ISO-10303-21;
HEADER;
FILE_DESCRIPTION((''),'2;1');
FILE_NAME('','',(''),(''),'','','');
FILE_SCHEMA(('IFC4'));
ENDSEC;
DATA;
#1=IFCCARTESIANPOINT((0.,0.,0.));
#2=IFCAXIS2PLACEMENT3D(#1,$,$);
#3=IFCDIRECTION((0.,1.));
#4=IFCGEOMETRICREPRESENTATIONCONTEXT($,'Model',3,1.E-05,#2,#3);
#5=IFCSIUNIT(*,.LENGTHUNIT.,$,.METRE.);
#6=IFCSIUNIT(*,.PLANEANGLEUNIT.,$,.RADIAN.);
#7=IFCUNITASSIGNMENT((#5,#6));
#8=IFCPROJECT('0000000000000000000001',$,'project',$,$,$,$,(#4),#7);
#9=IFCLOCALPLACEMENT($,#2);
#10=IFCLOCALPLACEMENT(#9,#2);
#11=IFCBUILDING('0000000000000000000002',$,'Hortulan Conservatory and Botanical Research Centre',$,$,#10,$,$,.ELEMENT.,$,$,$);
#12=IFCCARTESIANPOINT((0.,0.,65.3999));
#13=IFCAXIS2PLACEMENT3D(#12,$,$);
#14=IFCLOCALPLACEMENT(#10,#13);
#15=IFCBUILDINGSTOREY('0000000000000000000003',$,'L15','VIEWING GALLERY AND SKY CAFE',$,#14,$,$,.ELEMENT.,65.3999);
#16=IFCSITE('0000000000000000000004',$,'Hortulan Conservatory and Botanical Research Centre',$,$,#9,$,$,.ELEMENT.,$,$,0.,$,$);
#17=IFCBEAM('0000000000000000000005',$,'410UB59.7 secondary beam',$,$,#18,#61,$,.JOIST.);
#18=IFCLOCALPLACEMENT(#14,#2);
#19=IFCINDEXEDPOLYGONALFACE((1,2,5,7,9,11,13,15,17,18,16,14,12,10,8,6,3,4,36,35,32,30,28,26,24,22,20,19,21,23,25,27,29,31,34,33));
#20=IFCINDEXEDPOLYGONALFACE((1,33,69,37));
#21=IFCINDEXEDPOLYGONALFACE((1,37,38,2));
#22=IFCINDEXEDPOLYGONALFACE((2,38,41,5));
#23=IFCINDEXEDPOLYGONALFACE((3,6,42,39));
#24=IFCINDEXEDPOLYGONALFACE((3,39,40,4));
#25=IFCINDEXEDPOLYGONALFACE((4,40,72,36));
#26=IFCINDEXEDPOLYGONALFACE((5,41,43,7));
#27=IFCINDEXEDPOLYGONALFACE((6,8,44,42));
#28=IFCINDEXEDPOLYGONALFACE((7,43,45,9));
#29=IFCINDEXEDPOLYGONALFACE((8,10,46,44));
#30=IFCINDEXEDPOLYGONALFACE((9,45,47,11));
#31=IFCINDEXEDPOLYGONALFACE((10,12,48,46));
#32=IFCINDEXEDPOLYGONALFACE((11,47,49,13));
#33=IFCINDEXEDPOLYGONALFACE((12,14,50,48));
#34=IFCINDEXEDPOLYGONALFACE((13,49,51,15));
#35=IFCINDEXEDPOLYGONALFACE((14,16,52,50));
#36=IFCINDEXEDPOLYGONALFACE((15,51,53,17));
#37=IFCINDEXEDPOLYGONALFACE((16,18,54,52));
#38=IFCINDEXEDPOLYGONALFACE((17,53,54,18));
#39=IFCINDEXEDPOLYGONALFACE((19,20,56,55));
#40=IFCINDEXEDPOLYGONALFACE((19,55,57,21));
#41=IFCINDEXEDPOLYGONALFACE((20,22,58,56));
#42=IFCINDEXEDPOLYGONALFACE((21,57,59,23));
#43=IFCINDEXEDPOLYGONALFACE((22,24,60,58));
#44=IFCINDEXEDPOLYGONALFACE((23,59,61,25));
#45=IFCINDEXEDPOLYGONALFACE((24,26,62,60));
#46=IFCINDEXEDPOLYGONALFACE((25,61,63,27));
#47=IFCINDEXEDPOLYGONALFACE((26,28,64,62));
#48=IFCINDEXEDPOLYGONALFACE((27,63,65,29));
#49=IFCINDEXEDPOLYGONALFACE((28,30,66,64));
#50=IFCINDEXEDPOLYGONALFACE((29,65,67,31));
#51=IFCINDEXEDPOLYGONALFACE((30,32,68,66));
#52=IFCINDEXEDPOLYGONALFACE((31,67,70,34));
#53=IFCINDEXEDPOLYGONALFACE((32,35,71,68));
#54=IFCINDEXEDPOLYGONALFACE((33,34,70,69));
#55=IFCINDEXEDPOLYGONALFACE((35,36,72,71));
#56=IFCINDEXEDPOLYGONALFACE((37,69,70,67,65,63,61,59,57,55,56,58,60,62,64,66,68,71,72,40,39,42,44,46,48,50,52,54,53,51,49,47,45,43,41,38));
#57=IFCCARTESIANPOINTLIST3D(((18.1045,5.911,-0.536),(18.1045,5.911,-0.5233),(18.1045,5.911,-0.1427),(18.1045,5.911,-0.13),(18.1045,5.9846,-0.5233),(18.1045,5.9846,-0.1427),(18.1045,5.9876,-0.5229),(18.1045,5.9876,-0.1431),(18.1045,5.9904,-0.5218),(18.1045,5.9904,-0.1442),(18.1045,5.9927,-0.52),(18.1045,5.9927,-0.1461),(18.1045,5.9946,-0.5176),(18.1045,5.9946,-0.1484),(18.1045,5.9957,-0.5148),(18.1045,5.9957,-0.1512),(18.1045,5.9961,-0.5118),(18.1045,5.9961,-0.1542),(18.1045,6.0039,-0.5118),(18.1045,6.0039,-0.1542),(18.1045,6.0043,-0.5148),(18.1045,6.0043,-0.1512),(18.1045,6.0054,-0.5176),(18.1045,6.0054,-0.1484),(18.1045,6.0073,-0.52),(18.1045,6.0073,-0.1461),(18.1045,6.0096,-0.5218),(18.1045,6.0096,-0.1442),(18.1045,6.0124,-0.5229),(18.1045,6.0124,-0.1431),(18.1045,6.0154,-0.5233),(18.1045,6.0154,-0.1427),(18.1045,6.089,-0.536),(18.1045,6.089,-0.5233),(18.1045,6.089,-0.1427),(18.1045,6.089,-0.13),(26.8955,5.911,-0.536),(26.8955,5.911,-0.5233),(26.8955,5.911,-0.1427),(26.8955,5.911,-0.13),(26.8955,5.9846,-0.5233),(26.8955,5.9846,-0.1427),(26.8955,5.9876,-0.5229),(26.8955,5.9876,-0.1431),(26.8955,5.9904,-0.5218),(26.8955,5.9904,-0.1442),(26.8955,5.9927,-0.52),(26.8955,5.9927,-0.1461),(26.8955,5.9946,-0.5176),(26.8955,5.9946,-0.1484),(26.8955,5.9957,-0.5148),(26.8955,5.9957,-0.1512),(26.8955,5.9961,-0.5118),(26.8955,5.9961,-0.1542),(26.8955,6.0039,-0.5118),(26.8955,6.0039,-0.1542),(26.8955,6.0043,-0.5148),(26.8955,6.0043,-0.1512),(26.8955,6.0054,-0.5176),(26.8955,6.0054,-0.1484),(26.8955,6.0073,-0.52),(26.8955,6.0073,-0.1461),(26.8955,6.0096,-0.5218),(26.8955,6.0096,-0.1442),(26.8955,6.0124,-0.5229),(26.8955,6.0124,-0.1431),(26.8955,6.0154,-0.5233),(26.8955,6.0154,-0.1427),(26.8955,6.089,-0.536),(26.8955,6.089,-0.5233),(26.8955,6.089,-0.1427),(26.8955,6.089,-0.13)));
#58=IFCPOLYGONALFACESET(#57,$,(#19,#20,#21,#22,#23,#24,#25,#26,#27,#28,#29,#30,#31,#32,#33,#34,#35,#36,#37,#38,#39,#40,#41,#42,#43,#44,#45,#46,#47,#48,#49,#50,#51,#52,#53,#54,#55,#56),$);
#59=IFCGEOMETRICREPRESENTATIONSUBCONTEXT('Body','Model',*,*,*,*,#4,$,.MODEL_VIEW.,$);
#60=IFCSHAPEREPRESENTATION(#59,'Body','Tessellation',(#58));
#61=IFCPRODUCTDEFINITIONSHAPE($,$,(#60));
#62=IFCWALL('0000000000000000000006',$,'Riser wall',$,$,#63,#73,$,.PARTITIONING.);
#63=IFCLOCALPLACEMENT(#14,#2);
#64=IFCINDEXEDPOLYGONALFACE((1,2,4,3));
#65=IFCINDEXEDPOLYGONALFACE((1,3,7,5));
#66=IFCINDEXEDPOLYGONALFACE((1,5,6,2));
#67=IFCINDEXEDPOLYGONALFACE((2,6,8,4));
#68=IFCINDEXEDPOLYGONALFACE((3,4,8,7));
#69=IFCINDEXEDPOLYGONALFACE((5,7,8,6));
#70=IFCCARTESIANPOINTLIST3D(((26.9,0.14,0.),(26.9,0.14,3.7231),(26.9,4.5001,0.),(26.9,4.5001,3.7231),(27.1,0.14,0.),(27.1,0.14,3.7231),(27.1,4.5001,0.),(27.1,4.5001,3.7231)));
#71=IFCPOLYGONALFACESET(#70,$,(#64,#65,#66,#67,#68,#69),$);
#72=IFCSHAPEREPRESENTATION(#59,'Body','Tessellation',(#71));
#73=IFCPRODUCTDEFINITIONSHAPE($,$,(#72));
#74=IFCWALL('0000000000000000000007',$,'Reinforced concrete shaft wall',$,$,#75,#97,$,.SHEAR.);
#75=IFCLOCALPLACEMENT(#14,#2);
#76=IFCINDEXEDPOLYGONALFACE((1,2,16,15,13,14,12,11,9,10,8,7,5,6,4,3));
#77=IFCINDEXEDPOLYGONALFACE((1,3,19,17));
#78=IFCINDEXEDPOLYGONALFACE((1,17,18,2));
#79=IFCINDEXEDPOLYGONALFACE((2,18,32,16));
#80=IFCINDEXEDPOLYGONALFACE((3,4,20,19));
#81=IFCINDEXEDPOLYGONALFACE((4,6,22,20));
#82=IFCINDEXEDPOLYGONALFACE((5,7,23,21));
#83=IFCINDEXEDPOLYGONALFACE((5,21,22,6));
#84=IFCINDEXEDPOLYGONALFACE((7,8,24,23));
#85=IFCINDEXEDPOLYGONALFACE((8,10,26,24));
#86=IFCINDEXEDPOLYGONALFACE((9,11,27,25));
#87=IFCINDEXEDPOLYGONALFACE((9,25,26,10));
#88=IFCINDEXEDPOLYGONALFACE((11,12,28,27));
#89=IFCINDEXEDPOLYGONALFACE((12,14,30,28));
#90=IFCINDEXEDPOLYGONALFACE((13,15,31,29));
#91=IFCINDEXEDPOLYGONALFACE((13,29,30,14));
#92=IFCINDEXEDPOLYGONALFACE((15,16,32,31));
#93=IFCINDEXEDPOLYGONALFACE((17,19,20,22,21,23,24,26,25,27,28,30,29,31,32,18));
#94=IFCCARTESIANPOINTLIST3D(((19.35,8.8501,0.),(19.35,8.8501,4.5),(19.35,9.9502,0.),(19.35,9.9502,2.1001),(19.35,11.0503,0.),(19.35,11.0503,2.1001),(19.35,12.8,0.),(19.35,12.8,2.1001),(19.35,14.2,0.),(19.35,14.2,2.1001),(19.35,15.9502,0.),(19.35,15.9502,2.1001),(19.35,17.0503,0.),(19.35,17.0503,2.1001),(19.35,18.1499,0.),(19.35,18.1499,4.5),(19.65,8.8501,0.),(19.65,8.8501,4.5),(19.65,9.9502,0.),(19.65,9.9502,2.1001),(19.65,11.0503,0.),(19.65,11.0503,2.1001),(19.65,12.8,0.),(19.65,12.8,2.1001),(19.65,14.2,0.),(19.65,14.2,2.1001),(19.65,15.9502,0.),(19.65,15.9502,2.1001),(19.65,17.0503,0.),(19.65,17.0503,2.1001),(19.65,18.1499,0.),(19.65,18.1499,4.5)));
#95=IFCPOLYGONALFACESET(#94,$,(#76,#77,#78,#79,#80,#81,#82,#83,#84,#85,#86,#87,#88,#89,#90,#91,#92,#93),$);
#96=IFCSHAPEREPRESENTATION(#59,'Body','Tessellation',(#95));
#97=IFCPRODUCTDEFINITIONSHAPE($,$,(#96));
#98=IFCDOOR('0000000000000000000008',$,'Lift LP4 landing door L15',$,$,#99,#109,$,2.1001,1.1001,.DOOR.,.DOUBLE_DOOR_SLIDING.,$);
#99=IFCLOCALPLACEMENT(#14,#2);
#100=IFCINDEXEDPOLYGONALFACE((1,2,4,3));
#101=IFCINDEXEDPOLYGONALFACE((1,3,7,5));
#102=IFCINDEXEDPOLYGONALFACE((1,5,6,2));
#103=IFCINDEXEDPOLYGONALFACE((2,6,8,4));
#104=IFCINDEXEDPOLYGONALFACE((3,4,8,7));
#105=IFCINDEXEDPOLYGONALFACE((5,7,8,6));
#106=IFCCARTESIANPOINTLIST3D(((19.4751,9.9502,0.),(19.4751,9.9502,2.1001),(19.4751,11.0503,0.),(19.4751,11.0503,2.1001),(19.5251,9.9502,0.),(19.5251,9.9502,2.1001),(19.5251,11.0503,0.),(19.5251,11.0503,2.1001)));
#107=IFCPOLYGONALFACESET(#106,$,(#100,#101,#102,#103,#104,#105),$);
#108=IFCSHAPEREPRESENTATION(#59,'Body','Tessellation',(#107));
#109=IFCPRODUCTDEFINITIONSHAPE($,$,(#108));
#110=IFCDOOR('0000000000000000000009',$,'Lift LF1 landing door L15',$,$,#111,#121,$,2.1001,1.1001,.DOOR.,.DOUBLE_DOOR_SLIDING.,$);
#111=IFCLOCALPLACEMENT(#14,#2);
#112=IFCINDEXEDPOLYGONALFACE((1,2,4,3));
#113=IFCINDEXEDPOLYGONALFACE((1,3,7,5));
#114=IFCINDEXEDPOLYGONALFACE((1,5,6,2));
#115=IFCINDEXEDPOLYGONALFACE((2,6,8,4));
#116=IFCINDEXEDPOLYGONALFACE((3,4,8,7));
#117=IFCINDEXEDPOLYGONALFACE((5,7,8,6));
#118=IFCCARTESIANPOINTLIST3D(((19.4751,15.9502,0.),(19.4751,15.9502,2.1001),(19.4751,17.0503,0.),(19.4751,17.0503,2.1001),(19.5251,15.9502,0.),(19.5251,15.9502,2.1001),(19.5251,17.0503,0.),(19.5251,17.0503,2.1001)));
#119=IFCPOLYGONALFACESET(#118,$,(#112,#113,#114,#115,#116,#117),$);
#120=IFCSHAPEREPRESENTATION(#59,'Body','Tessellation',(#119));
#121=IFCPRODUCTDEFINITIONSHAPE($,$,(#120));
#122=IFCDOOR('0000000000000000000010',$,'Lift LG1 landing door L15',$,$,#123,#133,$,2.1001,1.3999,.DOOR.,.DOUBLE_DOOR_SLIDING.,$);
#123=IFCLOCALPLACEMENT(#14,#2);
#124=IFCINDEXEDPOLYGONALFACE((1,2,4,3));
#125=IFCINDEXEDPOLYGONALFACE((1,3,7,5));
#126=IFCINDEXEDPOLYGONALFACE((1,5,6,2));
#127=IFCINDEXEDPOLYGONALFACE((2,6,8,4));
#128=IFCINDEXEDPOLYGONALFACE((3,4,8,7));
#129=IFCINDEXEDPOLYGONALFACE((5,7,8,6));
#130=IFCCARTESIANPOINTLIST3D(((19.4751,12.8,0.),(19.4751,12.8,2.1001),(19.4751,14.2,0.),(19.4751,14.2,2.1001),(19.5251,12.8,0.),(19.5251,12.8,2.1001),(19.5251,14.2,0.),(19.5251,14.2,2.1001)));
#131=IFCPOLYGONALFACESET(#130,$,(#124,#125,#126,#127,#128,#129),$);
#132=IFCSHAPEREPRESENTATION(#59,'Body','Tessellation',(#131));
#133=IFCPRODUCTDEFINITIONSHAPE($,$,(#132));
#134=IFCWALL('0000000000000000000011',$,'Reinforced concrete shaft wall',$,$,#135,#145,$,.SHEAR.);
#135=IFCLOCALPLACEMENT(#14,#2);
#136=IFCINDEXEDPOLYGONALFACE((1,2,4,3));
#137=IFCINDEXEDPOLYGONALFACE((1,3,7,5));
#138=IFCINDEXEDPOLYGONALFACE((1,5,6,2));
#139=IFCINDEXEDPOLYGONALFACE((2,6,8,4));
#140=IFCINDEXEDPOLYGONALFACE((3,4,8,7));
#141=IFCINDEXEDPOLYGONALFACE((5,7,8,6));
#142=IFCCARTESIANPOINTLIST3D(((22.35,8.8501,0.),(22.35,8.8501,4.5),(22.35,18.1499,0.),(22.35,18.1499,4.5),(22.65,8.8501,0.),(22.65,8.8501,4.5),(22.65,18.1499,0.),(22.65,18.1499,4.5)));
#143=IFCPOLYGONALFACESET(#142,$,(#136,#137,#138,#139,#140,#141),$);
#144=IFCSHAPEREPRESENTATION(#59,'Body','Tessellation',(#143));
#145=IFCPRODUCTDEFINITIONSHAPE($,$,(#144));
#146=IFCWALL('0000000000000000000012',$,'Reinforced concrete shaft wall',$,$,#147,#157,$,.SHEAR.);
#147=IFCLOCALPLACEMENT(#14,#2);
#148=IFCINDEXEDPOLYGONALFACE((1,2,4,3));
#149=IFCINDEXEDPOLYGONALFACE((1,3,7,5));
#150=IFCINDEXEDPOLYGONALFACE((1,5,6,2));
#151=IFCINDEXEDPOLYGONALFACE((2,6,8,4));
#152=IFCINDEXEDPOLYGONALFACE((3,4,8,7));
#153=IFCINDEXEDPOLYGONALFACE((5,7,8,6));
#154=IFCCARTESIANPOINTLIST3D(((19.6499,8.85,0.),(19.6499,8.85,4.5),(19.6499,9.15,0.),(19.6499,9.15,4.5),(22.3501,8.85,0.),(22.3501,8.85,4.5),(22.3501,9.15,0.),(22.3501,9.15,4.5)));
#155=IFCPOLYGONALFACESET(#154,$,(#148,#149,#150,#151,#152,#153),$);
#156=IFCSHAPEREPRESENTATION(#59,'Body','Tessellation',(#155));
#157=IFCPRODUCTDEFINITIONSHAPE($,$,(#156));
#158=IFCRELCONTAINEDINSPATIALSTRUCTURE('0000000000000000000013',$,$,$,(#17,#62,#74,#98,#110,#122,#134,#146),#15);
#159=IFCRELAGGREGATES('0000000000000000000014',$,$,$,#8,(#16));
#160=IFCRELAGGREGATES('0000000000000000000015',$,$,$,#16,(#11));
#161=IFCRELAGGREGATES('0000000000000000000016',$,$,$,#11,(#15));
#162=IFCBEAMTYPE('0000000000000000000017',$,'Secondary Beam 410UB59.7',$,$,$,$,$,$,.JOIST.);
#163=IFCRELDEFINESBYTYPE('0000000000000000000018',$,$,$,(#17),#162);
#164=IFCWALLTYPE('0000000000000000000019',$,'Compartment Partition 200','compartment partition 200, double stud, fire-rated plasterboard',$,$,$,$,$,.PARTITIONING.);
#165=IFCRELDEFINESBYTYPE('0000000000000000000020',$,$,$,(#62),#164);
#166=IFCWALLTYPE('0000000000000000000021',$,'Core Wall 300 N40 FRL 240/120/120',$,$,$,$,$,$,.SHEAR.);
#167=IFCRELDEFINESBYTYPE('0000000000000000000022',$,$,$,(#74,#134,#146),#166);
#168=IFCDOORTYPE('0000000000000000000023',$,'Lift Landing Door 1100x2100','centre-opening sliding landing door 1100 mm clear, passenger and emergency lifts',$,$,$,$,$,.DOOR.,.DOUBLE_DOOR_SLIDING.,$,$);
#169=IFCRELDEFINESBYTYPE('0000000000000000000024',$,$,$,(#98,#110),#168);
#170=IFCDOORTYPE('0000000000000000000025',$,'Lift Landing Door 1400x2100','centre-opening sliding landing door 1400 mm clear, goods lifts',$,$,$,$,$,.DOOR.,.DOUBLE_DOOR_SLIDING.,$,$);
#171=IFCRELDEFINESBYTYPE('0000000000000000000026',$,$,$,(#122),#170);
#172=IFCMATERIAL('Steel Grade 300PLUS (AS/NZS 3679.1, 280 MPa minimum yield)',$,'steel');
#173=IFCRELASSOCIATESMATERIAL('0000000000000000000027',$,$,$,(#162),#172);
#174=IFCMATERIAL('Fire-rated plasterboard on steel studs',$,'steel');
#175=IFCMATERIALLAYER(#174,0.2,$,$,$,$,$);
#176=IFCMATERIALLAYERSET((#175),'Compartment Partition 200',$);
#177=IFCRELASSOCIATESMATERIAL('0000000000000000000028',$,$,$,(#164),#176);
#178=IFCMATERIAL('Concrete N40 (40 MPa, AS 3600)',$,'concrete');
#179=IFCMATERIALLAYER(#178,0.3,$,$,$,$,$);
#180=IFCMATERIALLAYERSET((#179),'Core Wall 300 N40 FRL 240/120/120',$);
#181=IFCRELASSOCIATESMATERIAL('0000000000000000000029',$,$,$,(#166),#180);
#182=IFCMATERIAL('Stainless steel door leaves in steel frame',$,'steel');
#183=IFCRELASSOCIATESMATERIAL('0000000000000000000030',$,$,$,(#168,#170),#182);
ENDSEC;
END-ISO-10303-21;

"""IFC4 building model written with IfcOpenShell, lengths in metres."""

from ifc_helpers import new_model, si_unit, direction, frame, frame_2d, origin, origin_2d, place, context, subcontext, project, spatial, rectangle, i_section, extrude, material, layer, layer_set, material_profile, profile_set, type_object, element, fill, save


model = new_model("IFC4")

# Units and contexts
model_context = context("Model", 3, precision=1e-05, world=origin(), true_north=direction((0.0, 1.0)))
body_context = subcontext(model_context, "Body", "Model", "MODEL_VIEW")
ifc_project = project(units=[si_unit("LENGTHUNIT", "METRE"), si_unit("PLANEANGLEUNIT", "RADIAN")], contexts=[model_context])

# Site, building, storey
site_placement = place(None, origin())
site = spatial("IfcSite", under=ifc_project, at=site_placement, Name="Hortulan Conservatory and Botanical Research Centre", CompositionType="ELEMENT", RefElevation=0.0)
building_placement = place(site_placement, origin())
building = spatial("IfcBuilding", under=site, at=building_placement, Name="Hortulan Conservatory and Botanical Research Centre", CompositionType="ELEMENT")
storey_placement = place(building_placement, frame((0.0, 0.0, 65.3999)))
storey = spatial("IfcBuildingStorey", under=building, at=storey_placement, Name="L15", Description="VIEWING GALLERY AND SKY CAFE", CompositionType="ELEMENT", Elevation=65.3999)

# Shared definitions
ifc_material_1 = material(Name="Steel Grade 300PLUS (AS/NZS 3679.1, 280 MPa minimum yield)", Category="steel")

# Beam
ifc_material_profile_1 = material_profile(ifc_material_1, i_section(OverallWidth=0.178, OverallDepth=0.406, WebThickness=0.0078, FlangeThickness=0.0127, FilletRadius=0.0115, at=origin_2d()), Name="410UB59.7")
ifc_profile_set_1 = profile_set([ifc_material_profile_1], Name="Steel Grade 300PLUS (AS/NZS 3679.1, 280 MPa minimum yield)")
beam_type_1 = type_object("IfcBeamType", Name="Secondary Beam 410UB59.7", PredefinedType="JOIST", material=ifc_profile_set_1)
beam_1_placement = place(storey_placement, frame((18.1045, 6.0, -0.333), z_axis=(1.0, 0.0, 0.0), x_axis=(0.0, 1.0, 0.0)))
element("IfcBeam", 1, at=beam_1_placement, inside=storey, type_object=beam_type_1, Name="410UB59.7 secondary beam", PredefinedType="JOIST", context=body_context, shape_type="SweptSolid", body=[
    extrude(i_section(OverallWidth=0.178, OverallDepth=0.406, WebThickness=0.0078, FlangeThickness=0.0127, FilletRadius=0.0115, at=origin_2d()), origin(), (0.0, 0.0, 1.0), 8.791),
])

# Wall
ifc_material_2 = material(Name="Fire-rated plasterboard on steel studs", Category="steel")
ifc_layer_1 = layer(ifc_material_2, 0.2)
ifc_layer_set_1 = layer_set([ifc_layer_1], Name="Compartment Partition 200")
wall_type_1 = type_object("IfcWallType", Name="Compartment Partition 200", Description="compartment partition 200, double stud, fire-rated plasterboard", PredefinedType="PARTITIONING", material=ifc_layer_set_1)
wall_1_placement = place(storey_placement, frame((27.0, 0.1399, 0.0), z_axis=(0.0, 0.0, 1.0), x_axis=(0.0, 1.0, 0.0)))
element("IfcWall", 2, at=wall_1_placement, inside=storey, type_object=wall_type_1, Name="Riser wall", PredefinedType="PARTITIONING", context=body_context, shape_type="SweptSolid", body=[
    extrude(rectangle(XDim=4.3601, YDim=0.2, at=frame_2d((2.1802, 0.0))), origin(), (0.0, 0.0, 1.0), 3.7231),
])

# Wall, openings, doors
ifc_material_3 = material(Name="Concrete N40 (40 MPa, AS 3600)", Category="concrete")
ifc_layer_2 = layer(ifc_material_3, 0.3)
ifc_layer_set_2 = layer_set([ifc_layer_2], Name="Core Wall 300 N40 FRL 240/120/120")
wall_type_2 = type_object("IfcWallType", Name="Core Wall 300 N40 FRL 240/120/120", PredefinedType="SHEAR", material=ifc_layer_set_2)
wall_2_placement = place(storey_placement, frame((19.5, 8.8501, 0.0), z_axis=(0.0, 0.0, 1.0), x_axis=(0.0, 1.0, 0.0)))
wall_2 = element("IfcWall", 3, at=wall_2_placement, inside=storey, type_object=wall_type_2, Name="Reinforced concrete shaft wall", PredefinedType="SHEAR", context=body_context, shape_type="SweptSolid", body=[
    extrude(rectangle(XDim=9.2998, YDim=0.3, at=frame_2d((4.6499, 0.0))), origin(), (0.0, 0.0, 1.0), 4.5),
])
opening_1_placement = place(wall_2_placement, frame((1.1001, 0.0, 0.0)))
opening_1 = element("IfcOpeningElement", 4, at=opening_1_placement, cuts=wall_2, PredefinedType="OPENING", context=body_context, shape_type="SweptSolid", body=[
    extrude(rectangle(XDim=1.1001, YDim=2.1001, at=frame_2d((0.55, 1.05))), frame((0.0, 0.1599, 0.0), z_axis=(0.0, -1.0, 0.0), x_axis=(1.0, 0.0, 0.0)), (0.0, 0.0, 1.0), 0.3201),
])
opening_2_placement = place(wall_2_placement, frame((3.95, 0.0, 0.0)))
opening_2 = element("IfcOpeningElement", 5, at=opening_2_placement, cuts=wall_2, PredefinedType="OPENING", context=body_context, shape_type="SweptSolid", body=[
    extrude(rectangle(XDim=1.3999, YDim=2.1001, at=frame_2d((0.7, 1.05))), frame((0.0, 0.1599, 0.0), z_axis=(0.0, -1.0, 0.0), x_axis=(1.0, 0.0, 0.0)), (0.0, 0.0, 1.0), 0.3201),
])
opening_3_placement = place(wall_2_placement, frame((7.1001, 0.0, 0.0)))
opening_3 = element("IfcOpeningElement", 6, at=opening_3_placement, cuts=wall_2, PredefinedType="OPENING", context=body_context, shape_type="SweptSolid", body=[
    extrude(rectangle(XDim=1.1001, YDim=2.1001, at=frame_2d((0.55, 1.05))), frame((0.0, 0.1599, 0.0), z_axis=(0.0, -1.0, 0.0), x_axis=(1.0, 0.0, 0.0)), (0.0, 0.0, 1.0), 0.3201),
])
ifc_material_4 = material(Name="Stainless steel door leaves in steel frame", Category="steel")
door_type_1 = type_object("IfcDoorType", Name="Lift Landing Door 1100x2100", Description="centre-opening sliding landing door 1100 mm clear, passenger and emergency lifts", OperationType="DOUBLE_DOOR_SLIDING", PredefinedType="DOOR", material=ifc_material_4)
door_1_placement = place(opening_1_placement, origin())
door_1 = element("IfcDoor", 7, at=door_1_placement, inside=storey, type_object=door_type_1, Name="Lift LP4 landing door L15", OperationType="DOUBLE_DOOR_SLIDING", OverallHeight=2.1001, OverallWidth=1.1001, PredefinedType="DOOR", context=body_context, shape_type="SweptSolid", body=[
    extrude(rectangle(XDim=1.1001, YDim=2.1001, at=frame_2d((0.55, 1.05))), frame((0.0, 0.0249, 0.0), z_axis=(0.0, -1.0, 0.0), x_axis=(1.0, 0.0, 0.0)), (0.0, 0.0, 1.0), 0.05),
])
fill(opening_1, door_1)
door_2_placement = place(opening_3_placement, origin())
door_2 = element("IfcDoor", 8, at=door_2_placement, inside=storey, type_object=door_type_1, Name="Lift LF1 landing door L15", OperationType="DOUBLE_DOOR_SLIDING", OverallHeight=2.1001, OverallWidth=1.1001, PredefinedType="DOOR", context=body_context, shape_type="SweptSolid", body=[
    extrude(rectangle(XDim=1.1001, YDim=2.1001, at=frame_2d((0.55, 1.05))), frame((0.0, 0.0249, 0.0), z_axis=(0.0, -1.0, 0.0), x_axis=(1.0, 0.0, 0.0)), (0.0, 0.0, 1.0), 0.05),
])
fill(opening_3, door_2)
door_type_2 = type_object("IfcDoorType", Name="Lift Landing Door 1400x2100", Description="centre-opening sliding landing door 1400 mm clear, goods lifts", OperationType="DOUBLE_DOOR_SLIDING", PredefinedType="DOOR", material=ifc_material_4)
door_3_placement = place(opening_2_placement, origin())
door_3 = element("IfcDoor", 9, at=door_3_placement, inside=storey, type_object=door_type_2, Name="Lift LG1 landing door L15", OperationType="DOUBLE_DOOR_SLIDING", OverallHeight=2.1001, OverallWidth=1.3999, PredefinedType="DOOR", context=body_context, shape_type="SweptSolid", body=[
    extrude(rectangle(XDim=1.3999, YDim=2.1001, at=frame_2d((0.7, 1.05))), frame((0.0, 0.0249, 0.0), z_axis=(0.0, -1.0, 0.0), x_axis=(1.0, 0.0, 0.0)), (0.0, 0.0, 1.0), 0.05),
])
fill(opening_2, door_3)

# Walls
wall_3_placement = place(storey_placement, frame((22.5, 8.8501, 0.0), z_axis=(0.0, 0.0, 1.0), x_axis=(0.0, 1.0, 0.0)))
element("IfcWall", 10, at=wall_3_placement, inside=storey, type_object=wall_type_2, Name="Reinforced concrete shaft wall", PredefinedType="SHEAR", context=body_context, shape_type="SweptSolid", body=[
    extrude(rectangle(XDim=9.2998, YDim=0.3, at=frame_2d((4.6499, 0.0))), origin(), (0.0, 0.0, 1.0), 4.5),
])
wall_4_placement = place(storey_placement, frame((19.6499, 9.0, 0.0), z_axis=(0.0, 0.0, 1.0), x_axis=(1.0, 0.0, 0.0)))
element("IfcWall", 11, at=wall_4_placement, inside=storey, type_object=wall_type_2, Name="Reinforced concrete shaft wall", PredefinedType="SHEAR", context=body_context, shape_type="SweptSolid", body=[
    extrude(rectangle(XDim=2.7002, YDim=0.3, at=frame_2d((1.3501, 0.0))), origin(), (0.0, 0.0, 1.0), 4.5),
])

save(model, "model.ifc")
